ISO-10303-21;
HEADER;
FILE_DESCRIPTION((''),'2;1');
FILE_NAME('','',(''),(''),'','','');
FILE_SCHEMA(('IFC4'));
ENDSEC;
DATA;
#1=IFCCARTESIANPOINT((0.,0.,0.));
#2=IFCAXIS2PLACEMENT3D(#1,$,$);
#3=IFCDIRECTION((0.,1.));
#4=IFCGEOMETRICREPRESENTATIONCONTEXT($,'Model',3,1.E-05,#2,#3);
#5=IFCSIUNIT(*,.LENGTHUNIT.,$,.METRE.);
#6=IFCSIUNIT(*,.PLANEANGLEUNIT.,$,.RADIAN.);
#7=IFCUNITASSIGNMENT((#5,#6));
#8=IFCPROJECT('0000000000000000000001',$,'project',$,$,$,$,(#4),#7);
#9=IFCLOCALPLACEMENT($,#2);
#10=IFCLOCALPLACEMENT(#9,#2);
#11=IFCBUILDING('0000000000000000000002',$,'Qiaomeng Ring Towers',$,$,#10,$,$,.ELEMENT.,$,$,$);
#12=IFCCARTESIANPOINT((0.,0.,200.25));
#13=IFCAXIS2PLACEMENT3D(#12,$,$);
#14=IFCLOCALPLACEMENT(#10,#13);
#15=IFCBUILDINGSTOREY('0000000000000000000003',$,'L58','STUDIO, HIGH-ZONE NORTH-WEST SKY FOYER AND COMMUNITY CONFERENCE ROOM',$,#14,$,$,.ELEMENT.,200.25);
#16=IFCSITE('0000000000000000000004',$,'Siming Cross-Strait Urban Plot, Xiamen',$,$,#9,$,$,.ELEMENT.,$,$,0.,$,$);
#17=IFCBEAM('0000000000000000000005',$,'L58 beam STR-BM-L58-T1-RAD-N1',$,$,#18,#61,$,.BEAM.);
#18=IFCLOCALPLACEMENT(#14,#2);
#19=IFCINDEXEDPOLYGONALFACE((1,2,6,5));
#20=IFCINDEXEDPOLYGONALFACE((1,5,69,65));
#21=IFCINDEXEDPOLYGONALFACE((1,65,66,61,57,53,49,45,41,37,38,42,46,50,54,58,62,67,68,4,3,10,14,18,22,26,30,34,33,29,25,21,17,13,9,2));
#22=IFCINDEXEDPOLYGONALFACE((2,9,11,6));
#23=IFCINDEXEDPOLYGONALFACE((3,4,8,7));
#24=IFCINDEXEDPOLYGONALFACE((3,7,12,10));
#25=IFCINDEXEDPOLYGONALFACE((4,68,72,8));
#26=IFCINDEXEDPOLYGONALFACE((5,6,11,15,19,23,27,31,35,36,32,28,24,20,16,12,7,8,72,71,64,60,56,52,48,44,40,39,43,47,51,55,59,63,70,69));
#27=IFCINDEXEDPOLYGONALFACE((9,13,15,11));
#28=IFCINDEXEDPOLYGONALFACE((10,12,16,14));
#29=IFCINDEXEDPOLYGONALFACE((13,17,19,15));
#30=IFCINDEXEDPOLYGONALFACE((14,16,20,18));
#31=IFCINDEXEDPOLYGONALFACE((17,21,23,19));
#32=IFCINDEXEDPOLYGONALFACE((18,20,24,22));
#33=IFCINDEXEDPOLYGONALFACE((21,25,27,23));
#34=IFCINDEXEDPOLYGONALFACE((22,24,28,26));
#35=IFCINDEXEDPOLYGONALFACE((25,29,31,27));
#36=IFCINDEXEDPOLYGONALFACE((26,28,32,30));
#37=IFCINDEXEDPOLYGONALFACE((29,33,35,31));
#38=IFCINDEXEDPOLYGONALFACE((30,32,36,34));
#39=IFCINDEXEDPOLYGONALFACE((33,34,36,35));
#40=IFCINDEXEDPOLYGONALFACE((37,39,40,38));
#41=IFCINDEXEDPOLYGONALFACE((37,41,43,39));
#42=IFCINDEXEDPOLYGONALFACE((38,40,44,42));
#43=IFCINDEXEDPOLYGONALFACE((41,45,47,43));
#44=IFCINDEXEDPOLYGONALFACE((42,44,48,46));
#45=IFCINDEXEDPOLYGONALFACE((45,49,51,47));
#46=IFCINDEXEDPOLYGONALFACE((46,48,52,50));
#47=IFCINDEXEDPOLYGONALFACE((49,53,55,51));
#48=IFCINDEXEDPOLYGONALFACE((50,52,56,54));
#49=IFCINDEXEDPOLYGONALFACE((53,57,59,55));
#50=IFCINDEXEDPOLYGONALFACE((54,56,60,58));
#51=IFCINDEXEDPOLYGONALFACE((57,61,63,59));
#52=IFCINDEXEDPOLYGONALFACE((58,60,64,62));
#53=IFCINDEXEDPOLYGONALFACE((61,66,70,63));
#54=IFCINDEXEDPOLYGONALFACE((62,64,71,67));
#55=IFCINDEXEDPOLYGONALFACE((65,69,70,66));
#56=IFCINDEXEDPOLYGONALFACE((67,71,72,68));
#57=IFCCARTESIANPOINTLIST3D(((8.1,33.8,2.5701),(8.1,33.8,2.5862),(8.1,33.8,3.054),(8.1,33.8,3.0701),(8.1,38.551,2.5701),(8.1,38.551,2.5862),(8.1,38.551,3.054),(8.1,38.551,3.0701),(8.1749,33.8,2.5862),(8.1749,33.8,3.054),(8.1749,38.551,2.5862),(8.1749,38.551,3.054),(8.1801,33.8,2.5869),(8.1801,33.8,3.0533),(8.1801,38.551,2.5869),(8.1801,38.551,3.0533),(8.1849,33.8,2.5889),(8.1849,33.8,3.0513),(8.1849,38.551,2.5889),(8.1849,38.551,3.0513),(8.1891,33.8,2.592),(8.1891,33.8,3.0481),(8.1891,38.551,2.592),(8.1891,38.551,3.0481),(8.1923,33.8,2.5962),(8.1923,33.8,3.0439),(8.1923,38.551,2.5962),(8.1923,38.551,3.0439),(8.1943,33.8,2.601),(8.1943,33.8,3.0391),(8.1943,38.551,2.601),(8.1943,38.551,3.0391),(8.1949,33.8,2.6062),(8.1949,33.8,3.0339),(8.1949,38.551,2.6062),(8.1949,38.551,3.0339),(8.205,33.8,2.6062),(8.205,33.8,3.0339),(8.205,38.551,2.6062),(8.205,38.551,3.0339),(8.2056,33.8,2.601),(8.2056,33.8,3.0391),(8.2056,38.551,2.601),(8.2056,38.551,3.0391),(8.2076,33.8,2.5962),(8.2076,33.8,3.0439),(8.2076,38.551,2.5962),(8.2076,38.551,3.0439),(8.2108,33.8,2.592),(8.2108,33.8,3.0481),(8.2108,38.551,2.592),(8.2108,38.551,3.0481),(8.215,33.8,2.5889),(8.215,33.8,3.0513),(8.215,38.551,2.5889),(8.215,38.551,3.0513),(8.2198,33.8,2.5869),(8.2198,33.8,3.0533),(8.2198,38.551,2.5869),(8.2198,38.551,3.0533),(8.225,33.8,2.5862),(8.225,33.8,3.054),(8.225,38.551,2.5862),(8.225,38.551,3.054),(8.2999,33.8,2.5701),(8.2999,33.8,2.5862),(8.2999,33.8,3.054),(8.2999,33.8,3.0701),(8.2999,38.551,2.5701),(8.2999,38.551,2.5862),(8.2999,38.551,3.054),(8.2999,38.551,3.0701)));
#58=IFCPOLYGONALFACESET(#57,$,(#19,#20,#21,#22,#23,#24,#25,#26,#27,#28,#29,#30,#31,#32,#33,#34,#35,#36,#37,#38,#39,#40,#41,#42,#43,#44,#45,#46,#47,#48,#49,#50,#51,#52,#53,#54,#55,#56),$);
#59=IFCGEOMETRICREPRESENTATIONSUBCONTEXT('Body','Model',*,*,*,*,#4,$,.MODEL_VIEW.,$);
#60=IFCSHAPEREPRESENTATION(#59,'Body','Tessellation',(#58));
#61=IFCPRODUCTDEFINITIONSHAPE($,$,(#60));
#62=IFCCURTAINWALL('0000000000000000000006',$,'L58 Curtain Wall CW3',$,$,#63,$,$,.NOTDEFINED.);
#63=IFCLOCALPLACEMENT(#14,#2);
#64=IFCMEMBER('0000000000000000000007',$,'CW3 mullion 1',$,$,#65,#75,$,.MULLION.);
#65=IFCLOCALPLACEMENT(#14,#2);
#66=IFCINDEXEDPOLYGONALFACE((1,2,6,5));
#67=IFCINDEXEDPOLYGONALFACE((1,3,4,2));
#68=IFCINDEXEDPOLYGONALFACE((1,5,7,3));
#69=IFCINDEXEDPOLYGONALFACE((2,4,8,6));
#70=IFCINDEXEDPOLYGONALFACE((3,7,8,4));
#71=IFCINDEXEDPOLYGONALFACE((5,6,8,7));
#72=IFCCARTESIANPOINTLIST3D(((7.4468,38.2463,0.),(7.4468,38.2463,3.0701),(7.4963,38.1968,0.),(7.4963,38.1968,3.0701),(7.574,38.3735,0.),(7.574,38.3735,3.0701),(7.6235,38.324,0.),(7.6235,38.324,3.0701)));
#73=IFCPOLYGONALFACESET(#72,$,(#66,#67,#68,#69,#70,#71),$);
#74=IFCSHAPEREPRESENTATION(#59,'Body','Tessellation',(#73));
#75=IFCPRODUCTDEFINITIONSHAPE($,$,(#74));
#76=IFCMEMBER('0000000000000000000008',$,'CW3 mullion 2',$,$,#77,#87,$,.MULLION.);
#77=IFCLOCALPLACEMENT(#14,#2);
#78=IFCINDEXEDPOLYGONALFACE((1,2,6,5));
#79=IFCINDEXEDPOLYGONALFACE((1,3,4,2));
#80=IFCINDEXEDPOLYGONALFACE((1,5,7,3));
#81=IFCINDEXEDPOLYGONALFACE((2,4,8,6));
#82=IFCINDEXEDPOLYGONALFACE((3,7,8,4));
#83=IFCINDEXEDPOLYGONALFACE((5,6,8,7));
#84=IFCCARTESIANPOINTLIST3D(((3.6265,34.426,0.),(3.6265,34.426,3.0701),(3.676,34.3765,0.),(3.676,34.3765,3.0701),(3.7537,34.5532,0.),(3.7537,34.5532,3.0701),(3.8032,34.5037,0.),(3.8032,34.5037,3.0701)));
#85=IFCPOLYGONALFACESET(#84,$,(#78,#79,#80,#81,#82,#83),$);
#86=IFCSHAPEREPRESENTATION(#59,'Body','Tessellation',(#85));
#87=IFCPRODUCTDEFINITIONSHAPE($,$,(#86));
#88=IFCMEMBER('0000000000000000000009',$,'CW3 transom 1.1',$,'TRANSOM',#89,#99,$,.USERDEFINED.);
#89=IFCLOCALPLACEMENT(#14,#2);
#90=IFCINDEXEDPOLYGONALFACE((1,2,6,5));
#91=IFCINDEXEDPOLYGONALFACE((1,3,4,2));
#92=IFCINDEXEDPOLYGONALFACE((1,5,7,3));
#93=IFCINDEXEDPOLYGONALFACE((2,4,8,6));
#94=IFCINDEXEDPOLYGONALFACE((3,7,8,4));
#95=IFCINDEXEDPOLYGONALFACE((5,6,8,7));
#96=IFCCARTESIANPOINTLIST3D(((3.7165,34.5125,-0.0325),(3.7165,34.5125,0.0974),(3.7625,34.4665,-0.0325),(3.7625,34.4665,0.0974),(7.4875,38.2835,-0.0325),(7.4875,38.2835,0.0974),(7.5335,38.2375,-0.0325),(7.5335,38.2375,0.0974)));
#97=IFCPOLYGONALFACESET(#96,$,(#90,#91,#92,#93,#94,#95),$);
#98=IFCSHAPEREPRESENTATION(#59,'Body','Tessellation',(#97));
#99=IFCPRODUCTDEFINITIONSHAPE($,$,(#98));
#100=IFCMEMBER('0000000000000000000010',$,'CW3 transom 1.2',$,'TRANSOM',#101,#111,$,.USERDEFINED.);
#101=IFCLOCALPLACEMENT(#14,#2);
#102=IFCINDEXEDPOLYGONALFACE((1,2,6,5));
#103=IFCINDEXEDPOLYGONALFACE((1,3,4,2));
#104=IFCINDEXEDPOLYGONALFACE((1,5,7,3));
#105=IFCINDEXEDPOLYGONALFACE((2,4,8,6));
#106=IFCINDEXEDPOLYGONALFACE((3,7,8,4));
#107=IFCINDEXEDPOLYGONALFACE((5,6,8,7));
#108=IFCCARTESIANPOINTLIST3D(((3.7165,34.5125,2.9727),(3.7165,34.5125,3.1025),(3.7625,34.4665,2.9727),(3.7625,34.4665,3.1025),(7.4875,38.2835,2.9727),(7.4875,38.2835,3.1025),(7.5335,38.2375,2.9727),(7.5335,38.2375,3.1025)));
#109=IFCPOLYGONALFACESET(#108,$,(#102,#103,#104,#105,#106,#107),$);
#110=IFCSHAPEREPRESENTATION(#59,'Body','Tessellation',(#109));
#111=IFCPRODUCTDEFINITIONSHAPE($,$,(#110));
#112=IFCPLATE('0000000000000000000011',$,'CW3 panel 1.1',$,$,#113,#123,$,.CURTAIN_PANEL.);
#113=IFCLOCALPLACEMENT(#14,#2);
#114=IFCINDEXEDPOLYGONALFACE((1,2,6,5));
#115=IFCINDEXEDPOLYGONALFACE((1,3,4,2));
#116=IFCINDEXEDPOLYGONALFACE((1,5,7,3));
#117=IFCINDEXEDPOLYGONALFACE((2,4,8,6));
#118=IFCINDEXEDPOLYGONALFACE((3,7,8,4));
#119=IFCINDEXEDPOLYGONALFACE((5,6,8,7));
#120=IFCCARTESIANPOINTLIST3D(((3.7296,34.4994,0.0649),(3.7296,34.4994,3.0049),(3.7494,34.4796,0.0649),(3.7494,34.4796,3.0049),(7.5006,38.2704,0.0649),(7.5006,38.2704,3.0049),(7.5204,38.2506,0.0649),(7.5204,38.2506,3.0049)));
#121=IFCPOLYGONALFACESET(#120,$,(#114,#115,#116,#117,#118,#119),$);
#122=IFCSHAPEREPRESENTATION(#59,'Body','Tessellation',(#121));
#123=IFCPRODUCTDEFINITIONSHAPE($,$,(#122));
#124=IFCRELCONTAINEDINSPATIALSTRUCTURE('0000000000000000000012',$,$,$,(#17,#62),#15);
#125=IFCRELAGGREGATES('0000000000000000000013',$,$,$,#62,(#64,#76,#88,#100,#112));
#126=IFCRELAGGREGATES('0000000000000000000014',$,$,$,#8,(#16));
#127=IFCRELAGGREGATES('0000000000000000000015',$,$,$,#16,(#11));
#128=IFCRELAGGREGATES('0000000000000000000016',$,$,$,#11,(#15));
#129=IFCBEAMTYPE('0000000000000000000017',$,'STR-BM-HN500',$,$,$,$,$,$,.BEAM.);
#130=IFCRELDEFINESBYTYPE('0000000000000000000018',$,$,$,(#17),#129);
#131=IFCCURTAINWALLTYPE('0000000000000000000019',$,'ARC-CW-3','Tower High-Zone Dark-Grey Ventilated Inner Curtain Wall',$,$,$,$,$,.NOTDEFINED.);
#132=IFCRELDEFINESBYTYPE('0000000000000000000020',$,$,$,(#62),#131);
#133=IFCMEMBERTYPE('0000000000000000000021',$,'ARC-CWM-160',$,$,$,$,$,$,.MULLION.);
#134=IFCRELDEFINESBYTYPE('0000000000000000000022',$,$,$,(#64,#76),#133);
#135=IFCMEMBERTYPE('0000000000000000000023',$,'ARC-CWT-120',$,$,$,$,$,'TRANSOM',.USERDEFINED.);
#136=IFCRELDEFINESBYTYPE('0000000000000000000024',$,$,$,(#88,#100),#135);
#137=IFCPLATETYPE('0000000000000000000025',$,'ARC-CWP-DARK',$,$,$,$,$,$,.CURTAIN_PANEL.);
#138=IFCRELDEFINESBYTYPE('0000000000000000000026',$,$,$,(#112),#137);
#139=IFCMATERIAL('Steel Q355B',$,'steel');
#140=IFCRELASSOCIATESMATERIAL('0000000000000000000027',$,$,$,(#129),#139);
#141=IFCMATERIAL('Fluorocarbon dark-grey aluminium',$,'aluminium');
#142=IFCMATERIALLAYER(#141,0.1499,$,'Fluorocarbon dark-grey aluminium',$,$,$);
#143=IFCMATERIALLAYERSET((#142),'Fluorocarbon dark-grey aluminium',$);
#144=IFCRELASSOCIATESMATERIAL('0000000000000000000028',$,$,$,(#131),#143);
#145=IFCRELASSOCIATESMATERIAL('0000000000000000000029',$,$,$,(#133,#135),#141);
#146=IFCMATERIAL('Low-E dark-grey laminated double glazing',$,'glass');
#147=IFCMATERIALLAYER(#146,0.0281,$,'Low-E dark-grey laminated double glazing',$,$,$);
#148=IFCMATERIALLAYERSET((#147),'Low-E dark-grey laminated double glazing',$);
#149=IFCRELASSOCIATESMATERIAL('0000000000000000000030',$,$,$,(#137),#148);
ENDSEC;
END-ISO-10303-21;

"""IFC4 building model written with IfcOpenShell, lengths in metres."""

from ifc_helpers import new_model, si_unit, direction, frame, origin, origin_2d, place, context, subcontext, project, spatial, rectangle, i_section, extrude, source, transform, mapped, material, layer, layer_set, material_profile, profile_set, type_object, element, aggregate, save


model = new_model("IFC4")

# Units and contexts
model_context = context("Model", 3, precision=1e-05, world=origin(), true_north=direction((0.0, 1.0)))
body_context = subcontext(model_context, "Body", "Model", "MODEL_VIEW")
ifc_project = project(units=[si_unit("LENGTHUNIT", "METRE"), si_unit("PLANEANGLEUNIT", "RADIAN")], contexts=[model_context])

# Site, building, storey
site_placement = place(None, origin())
site = spatial("IfcSite", under=ifc_project, at=site_placement, Name="Siming Cross-Strait Urban Plot, Xiamen", CompositionType="ELEMENT", RefElevation=0.0)
building_placement = place(site_placement, origin())
building = spatial("IfcBuilding", under=site, at=building_placement, Name="Qiaomeng Ring Towers", CompositionType="ELEMENT")
storey_placement = place(building_placement, frame((0.0, 0.0, 200.25)))
storey = spatial("IfcBuildingStorey", under=building, at=storey_placement, Name="L58", Description="STUDIO, HIGH-ZONE NORTH-WEST SKY FOYER AND COMMUNITY CONFERENCE ROOM", CompositionType="ELEMENT", Elevation=200.25)

# Beam
ifc_material_1 = material(Name="Steel Q355B", Category="steel")
ifc_material_profile_1 = material_profile(ifc_material_1, i_section(OverallWidth=0.2, OverallDepth=0.5, WebThickness=0.01, FlangeThickness=0.0161, FilletRadius=0.02, at=origin_2d()), Name="HN 500x200x10x16")
ifc_profile_set_1 = profile_set([ifc_material_profile_1], Name="Steel Q355B")
beam_type_1 = type_object("IfcBeamType", Name="STR-BM-HN500", PredefinedType="BEAM", material=ifc_profile_set_1)
shared_shape_1 = source(origin(), body_context, "Body", "SweptSolid", [
    extrude(i_section(OverallWidth=0.2, OverallDepth=0.5, WebThickness=0.01, FlangeThickness=0.0161, FilletRadius=0.02, at=origin_2d()), origin(), (0.0, 0.0, 1.0), 4.751),
])
beam_1_placement = place(storey_placement, frame((8.2, 38.551, 2.8201), z_axis=(0.0, -1.0, 0.0), x_axis=(1.0, 0.0, 0.0)))
element("IfcBeam", 1, at=beam_1_placement, inside=storey, type_object=beam_type_1, Name="L58 beam STR-BM-L58-T1-RAD-N1", PredefinedType="BEAM", context=body_context, shape_type="MappedRepresentation", body=[
    mapped(shared_shape_1, transform((0.0, 0.0, 0.0), x_axis=(1.0, 0.0, 0.0), y_axis=(0.0, 1.0, 0.0), z_axis=(0.0, 0.0, 1.0), scale=1.0)),
])

# Curtain wall, members, plate
ifc_material_2 = material(Name="Fluorocarbon dark-grey aluminium", Category="aluminium")
ifc_layer_1 = layer(ifc_material_2, 0.1499, Name="Fluorocarbon dark-grey aluminium")
ifc_layer_set_1 = layer_set([ifc_layer_1], Name="Fluorocarbon dark-grey aluminium")
curtain_wall_type = type_object("IfcCurtainWallType", Name="ARC-CW-3", Description="Tower High-Zone Dark-Grey Ventilated Inner Curtain Wall", PredefinedType="NOTDEFINED", material=ifc_layer_set_1)
curtain_wall_placement = place(storey_placement, origin())
curtain_wall = element("IfcCurtainWall", 2, at=curtain_wall_placement, inside=storey, type_object=curtain_wall_type, Name="L58 Curtain Wall CW3", PredefinedType="NOTDEFINED")
ifc_material_profile_2 = material_profile(ifc_material_2, rectangle(XDim=0.0701, YDim=0.1799, at=origin_2d()), Name="ALU MULL 70x180")
ifc_profile_set_2 = profile_set([ifc_material_profile_2], Name="Fluorocarbon dark-grey aluminium")
member_type_1 = type_object("IfcMemberType", Name="ARC-CWM-160", PredefinedType="MULLION", material=ifc_profile_set_2)
shared_shape_2 = source(origin(), body_context, "Body", "SweptSolid", [
    extrude(rectangle(XDim=0.0701, YDim=0.1799, at=origin_2d()), origin(), (0.0, 0.0, 1.0), 3.0701),
])
member_1_placement = place(storey_placement, frame((7.5352, 38.2852, 0.0), z_axis=(0.0, 0.0, 1.0), x_axis=(0.707107, -0.707107, 0.0)))
member_1 = element("IfcMember", 3, at=member_1_placement, type_object=member_type_1, Name="CW3 mullion 1", PredefinedType="MULLION", context=body_context, shape_type="MappedRepresentation", body=[
    mapped(shared_shape_2, transform((0.0, 0.0, 0.0), x_axis=(1.0, 0.0, 0.0), y_axis=(0.0, 1.0, 0.0), z_axis=(0.0, 0.0, 1.0), scale=1.0)),
])
member_2_placement = place(storey_placement, frame((3.7148, 34.4648, 0.0), z_axis=(0.0, 0.0, 1.0), x_axis=(0.707107, -0.707107, 0.0)))
member_2 = element("IfcMember", 4, at=member_2_placement, type_object=member_type_1, Name="CW3 mullion 2", PredefinedType="MULLION", context=body_context, shape_type="MappedRepresentation", body=[
    mapped(shared_shape_2, transform((0.0, 0.0, 0.0), x_axis=(1.0, 0.0, 0.0), y_axis=(0.0, 1.0, 0.0), z_axis=(0.0, 0.0, 1.0), scale=1.0)),
])
ifc_material_profile_3 = material_profile(ifc_material_2, rectangle(XDim=0.0649, YDim=0.1299, at=origin_2d()), Name="ALU TRAN 65x130")
ifc_profile_set_3 = profile_set([ifc_material_profile_3], Name="Fluorocarbon dark-grey aluminium")
member_type_2 = type_object("IfcMemberType", Name="ARC-CWT-120", ElementType="TRANSOM", PredefinedType="USERDEFINED", material=ifc_profile_set_3)
shared_shape_3 = source(origin(), body_context, "Body", "SweptSolid", [
    extrude(rectangle(XDim=0.0649, YDim=0.1299, at=origin_2d()), origin(), (0.0, 0.0, 1.0), 5.333),
])
member_3_placement = place(storey_placement, frame((7.5105, 38.2605, 0.0325), z_axis=(-0.707107, -0.707107, 0.0), x_axis=(0.707107, -0.707107, 0.0)))
member_3 = element("IfcMember", 5, at=member_3_placement, type_object=member_type_2, Name="CW3 transom 1.1", ObjectType="TRANSOM", PredefinedType="USERDEFINED", context=body_context, shape_type="MappedRepresentation", body=[
    mapped(shared_shape_3, transform((0.0, 0.0, 0.0), x_axis=(1.0, 0.0, 0.0), y_axis=(0.0, 1.0, 0.0), z_axis=(0.0, 0.0, 1.0), scale=1.0)),
])
member_4_placement = place(storey_placement, frame((7.5105, 38.2605, 3.0376), z_axis=(-0.707107, -0.707107, 0.0), x_axis=(0.707107, -0.707107, 0.0)))
member_4 = element("IfcMember", 6, at=member_4_placement, type_object=member_type_2, Name="CW3 transom 1.2", ObjectType="TRANSOM", PredefinedType="USERDEFINED", context=body_context, shape_type="MappedRepresentation", body=[
    mapped(shared_shape_3, transform((0.0, 0.0, 0.0), x_axis=(1.0, 0.0, 0.0), y_axis=(0.0, 1.0, 0.0), z_axis=(0.0, 0.0, 1.0), scale=1.0)),
])
ifc_material_3 = material(Name="Low-E dark-grey laminated double glazing", Category="glass")
ifc_layer_2 = layer(ifc_material_3, 0.0281, Name="Low-E dark-grey laminated double glazing")
ifc_layer_set_2 = layer_set([ifc_layer_2], Name="Low-E dark-grey laminated double glazing")
plate_type = type_object("IfcPlateType", Name="ARC-CWP-DARK", PredefinedType="CURTAIN_PANEL", material=ifc_layer_set_2)
shared_shape_4 = source(origin(), body_context, "Body", "SweptSolid", [
    extrude(rectangle(XDim=5.333, YDim=0.0281, at=origin_2d()), origin(), (0.0, 0.0, 1.0), 2.9399),
])
plate_placement = place(storey_placement, frame((5.625, 36.375, 0.0649), z_axis=(0.0, 0.0, 1.0), x_axis=(-0.707107, -0.707107, 0.0)))
plate = element("IfcPlate", 7, at=plate_placement, type_object=plate_type, Name="CW3 panel 1.1", PredefinedType="CURTAIN_PANEL", context=body_context, shape_type="MappedRepresentation", body=[
    mapped(shared_shape_4, transform((0.0, 0.0, 0.0), x_axis=(1.0, 0.0, 0.0), y_axis=(0.0, 1.0, 0.0), z_axis=(0.0, 0.0, 1.0), scale=1.0)),
])
aggregate(curtain_wall, [member_1, member_2, member_3, member_4, plate])

save(model, "model.ifc")
